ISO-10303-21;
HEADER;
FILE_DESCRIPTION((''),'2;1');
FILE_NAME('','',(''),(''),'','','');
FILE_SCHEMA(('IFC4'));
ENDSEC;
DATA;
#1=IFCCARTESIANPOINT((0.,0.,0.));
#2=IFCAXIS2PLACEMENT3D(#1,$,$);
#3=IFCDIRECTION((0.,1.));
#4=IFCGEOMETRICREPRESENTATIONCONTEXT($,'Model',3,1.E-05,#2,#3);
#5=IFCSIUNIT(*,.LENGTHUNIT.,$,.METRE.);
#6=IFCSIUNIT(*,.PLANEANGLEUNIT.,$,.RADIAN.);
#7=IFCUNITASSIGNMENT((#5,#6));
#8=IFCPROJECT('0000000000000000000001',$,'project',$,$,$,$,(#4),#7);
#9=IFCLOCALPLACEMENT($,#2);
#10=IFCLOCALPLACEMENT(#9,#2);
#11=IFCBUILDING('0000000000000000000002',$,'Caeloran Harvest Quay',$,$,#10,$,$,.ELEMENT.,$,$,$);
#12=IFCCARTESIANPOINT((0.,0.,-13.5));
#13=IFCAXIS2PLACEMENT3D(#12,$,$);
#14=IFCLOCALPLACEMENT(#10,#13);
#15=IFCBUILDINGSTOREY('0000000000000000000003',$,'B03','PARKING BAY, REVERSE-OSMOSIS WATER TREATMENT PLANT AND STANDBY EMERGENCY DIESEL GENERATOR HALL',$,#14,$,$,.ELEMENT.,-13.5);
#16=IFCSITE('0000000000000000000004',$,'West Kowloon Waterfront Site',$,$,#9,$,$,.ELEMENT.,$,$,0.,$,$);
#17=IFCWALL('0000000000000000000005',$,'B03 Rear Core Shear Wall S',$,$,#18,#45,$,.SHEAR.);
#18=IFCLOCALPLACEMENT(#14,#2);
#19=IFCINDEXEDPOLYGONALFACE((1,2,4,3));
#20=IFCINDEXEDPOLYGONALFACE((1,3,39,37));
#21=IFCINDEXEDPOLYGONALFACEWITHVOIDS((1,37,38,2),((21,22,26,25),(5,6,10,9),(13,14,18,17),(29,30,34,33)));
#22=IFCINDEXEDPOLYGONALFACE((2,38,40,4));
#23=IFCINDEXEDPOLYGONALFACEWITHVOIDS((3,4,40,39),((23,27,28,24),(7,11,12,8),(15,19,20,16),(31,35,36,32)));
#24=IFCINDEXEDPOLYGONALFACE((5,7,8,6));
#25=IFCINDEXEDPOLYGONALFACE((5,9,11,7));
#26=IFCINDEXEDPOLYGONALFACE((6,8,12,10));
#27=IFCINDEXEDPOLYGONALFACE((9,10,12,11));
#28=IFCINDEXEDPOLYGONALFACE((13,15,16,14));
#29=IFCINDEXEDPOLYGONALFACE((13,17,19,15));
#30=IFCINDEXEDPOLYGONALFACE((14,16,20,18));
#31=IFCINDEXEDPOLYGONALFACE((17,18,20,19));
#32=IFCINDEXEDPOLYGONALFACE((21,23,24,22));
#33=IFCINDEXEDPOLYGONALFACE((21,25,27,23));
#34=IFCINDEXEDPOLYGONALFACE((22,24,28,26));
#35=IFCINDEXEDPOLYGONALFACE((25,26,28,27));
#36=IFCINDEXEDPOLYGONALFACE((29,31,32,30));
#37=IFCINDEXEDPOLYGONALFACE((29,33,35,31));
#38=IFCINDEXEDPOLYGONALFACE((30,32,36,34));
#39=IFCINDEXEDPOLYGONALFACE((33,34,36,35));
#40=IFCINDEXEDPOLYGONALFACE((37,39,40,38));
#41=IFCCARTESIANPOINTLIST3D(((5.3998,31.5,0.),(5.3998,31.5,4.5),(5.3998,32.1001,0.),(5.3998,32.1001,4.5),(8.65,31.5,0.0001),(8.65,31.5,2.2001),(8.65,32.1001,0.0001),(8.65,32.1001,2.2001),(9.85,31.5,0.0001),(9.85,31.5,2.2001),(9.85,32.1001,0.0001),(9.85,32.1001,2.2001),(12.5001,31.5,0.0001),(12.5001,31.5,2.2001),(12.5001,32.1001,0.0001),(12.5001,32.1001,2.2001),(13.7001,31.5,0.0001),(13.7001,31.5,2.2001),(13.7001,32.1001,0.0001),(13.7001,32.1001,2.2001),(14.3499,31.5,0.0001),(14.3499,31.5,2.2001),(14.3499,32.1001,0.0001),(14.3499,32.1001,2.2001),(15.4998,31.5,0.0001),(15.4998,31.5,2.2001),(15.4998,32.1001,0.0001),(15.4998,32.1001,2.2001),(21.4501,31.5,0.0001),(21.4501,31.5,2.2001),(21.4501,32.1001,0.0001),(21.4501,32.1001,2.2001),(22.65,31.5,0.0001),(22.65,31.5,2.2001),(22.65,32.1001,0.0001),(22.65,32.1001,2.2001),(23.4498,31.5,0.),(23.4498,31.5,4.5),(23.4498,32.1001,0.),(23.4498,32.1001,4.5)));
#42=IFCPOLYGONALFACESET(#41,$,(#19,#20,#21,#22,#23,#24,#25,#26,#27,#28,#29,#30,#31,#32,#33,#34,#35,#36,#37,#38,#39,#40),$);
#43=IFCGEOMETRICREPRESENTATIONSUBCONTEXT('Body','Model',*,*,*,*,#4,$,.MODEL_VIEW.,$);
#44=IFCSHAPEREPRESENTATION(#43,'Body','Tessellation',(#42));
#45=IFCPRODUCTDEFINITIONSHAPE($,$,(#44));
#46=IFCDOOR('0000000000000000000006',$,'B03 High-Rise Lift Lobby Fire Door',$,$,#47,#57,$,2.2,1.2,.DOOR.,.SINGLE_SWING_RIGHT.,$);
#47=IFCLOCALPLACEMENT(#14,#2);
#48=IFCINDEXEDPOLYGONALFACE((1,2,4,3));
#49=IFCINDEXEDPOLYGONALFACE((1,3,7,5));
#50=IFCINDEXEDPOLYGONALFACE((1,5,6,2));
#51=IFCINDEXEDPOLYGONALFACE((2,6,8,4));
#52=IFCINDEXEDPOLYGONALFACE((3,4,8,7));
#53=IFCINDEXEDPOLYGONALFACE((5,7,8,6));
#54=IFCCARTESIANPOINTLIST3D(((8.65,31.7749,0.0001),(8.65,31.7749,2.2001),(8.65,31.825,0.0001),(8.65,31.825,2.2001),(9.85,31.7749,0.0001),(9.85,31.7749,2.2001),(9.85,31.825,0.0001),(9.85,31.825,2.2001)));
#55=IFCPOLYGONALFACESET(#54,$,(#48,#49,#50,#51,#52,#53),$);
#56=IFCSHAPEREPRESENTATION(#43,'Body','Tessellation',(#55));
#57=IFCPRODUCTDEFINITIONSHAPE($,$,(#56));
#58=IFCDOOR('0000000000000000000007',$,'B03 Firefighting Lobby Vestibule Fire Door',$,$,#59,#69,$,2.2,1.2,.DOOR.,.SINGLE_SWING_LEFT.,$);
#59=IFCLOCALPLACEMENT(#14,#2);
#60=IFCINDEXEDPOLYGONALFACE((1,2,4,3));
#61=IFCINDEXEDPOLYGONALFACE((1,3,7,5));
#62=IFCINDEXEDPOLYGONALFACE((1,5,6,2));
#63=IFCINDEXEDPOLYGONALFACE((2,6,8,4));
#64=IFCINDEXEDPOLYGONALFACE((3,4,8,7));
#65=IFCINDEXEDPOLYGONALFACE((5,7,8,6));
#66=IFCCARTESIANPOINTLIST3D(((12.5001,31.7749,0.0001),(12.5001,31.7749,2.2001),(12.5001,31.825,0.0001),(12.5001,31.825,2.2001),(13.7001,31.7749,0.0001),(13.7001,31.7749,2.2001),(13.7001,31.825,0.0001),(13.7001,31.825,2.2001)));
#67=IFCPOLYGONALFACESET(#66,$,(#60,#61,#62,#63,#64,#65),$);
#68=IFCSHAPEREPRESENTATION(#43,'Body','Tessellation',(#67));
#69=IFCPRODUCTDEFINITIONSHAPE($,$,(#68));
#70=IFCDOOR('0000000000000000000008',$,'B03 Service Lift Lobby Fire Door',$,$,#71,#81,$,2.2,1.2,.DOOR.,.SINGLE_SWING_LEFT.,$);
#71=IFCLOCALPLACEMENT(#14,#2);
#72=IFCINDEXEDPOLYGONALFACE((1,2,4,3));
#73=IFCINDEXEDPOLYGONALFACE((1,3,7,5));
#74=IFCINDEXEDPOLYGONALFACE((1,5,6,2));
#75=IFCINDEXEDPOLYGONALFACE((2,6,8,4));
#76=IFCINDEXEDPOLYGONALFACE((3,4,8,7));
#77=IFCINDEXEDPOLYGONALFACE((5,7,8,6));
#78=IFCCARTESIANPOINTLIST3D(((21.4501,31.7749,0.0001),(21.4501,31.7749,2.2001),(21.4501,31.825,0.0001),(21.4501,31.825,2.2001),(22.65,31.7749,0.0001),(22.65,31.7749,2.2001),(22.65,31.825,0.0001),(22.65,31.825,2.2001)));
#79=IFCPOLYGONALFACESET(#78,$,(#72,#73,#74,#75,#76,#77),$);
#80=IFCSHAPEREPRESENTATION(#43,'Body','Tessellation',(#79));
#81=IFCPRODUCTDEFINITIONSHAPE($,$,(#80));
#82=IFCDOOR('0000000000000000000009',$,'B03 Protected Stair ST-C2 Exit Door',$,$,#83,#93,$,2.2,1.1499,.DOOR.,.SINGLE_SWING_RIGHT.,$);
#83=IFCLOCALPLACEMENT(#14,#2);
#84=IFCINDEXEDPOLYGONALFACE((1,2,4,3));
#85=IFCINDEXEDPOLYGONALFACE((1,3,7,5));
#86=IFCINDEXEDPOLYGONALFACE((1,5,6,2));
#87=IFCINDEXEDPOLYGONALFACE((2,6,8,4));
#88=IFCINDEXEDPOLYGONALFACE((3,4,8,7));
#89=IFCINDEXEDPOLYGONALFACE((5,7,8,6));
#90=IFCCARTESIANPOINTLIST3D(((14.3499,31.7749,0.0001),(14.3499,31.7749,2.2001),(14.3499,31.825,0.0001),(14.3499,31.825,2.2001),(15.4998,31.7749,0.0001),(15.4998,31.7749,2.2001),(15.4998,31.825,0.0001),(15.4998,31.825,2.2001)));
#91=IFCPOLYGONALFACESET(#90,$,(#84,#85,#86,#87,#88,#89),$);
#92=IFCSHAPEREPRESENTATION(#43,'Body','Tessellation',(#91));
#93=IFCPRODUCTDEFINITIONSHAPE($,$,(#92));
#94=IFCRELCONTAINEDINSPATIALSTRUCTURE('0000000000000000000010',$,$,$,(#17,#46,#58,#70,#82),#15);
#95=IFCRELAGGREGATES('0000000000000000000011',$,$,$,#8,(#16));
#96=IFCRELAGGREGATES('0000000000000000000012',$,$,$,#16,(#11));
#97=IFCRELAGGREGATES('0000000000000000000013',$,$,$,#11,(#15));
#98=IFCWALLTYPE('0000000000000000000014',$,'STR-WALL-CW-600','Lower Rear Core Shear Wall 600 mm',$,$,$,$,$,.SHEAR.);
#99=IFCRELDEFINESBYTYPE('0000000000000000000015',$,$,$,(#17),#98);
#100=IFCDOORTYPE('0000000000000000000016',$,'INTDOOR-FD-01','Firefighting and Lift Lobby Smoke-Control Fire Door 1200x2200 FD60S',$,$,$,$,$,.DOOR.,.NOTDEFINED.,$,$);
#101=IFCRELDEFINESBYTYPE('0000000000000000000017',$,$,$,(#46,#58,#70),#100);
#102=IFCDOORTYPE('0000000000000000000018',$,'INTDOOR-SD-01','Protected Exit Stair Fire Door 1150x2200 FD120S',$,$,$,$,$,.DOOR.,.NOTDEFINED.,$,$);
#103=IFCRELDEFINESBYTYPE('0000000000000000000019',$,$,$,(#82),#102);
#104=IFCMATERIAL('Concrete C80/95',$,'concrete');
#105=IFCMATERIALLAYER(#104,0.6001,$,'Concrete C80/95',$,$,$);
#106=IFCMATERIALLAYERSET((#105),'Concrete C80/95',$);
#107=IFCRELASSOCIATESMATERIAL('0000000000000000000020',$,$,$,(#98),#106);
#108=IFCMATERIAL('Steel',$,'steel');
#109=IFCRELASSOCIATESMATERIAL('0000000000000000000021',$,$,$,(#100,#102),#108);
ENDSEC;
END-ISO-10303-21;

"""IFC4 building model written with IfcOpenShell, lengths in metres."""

from ifc_helpers import new_model, si_unit, direction, frame, frame_2d, origin, place, context, subcontext, project, spatial, rectangle, extrude, material, layer, layer_set, type_object, element, fill, save


model = new_model("IFC4")

# Units and contexts
model_context = context("Model", 3, precision=1e-05, world=origin(), true_north=direction((0.0, 1.0)))
body_context = subcontext(model_context, "Body", "Model", "MODEL_VIEW")
ifc_project = project(units=[si_unit("LENGTHUNIT", "METRE"), si_unit("PLANEANGLEUNIT", "RADIAN")], contexts=[model_context])

# Site, building, storey
site_placement = place(None, origin())
site = spatial("IfcSite", under=ifc_project, at=site_placement, Name="West Kowloon Waterfront Site", CompositionType="ELEMENT", RefElevation=0.0)
building_placement = place(site_placement, origin())
building = spatial("IfcBuilding", under=site, at=building_placement, Name="Caeloran Harvest Quay", CompositionType="ELEMENT")
storey_placement = place(building_placement, frame((0.0, 0.0, -13.5)))
storey = spatial("IfcBuildingStorey", under=building, at=storey_placement, Name="B03", Description="PARKING BAY, REVERSE-OSMOSIS WATER TREATMENT PLANT AND STANDBY EMERGENCY DIESEL GENERATOR HALL", CompositionType="ELEMENT", Elevation=-13.5)

# Shared definitions
ifc_material_1 = material(Name="Concrete C80/95", Category="concrete")

# Wall, openings, doors
ifc_layer = layer(ifc_material_1, 0.6001, Name="Concrete C80/95")
ifc_layer_set = layer_set([ifc_layer], Name="Concrete C80/95")
wall_type = type_object("IfcWallType", Name="STR-WALL-CW-600", Description="Lower Rear Core Shear Wall 600 mm", PredefinedType="SHEAR", material=ifc_layer_set)
wall_placement = place(storey_placement, frame((5.3999, 31.8, 0.0), z_axis=(0.0, 0.0, 1.0), x_axis=(1.0, 0.0, 0.0)))
wall = element("IfcWall", 1, at=wall_placement, inside=storey, type_object=wall_type, Name="B03 Rear Core Shear Wall S", PredefinedType="SHEAR", context=body_context, shape_type="SweptSolid", body=[
    extrude(rectangle(XDim=18.05, YDim=0.6001, at=frame_2d((9.0249, 0.0))), origin(), (0.0, 0.0, 1.0), 4.5),
])
opening_1_placement = place(wall_placement, frame((3.25, 0.0, 0.0)))
opening_1 = element("IfcOpeningElement", 2, at=opening_1_placement, cuts=wall, PredefinedType="OPENING", context=body_context, shape_type="SweptSolid", body=[
    extrude(rectangle(XDim=1.2, YDim=2.2, at=frame_2d((0.6001, 1.1001))), frame((0.0, 0.3101, 0.0), z_axis=(0.0, -1.0, 0.0), x_axis=(1.0, 0.0, 0.0)), (0.0, 0.0, 1.0), 0.6201),
])
opening_2_placement = place(wall_placement, frame((7.1001, 0.0, 0.0)))
opening_2 = element("IfcOpeningElement", 3, at=opening_2_placement, cuts=wall, PredefinedType="OPENING", context=body_context, shape_type="SweptSolid", body=[
    extrude(rectangle(XDim=1.2, YDim=2.2, at=frame_2d((0.6001, 1.1001))), frame((0.0, 0.3101, 0.0), z_axis=(0.0, -1.0, 0.0), x_axis=(1.0, 0.0, 0.0)), (0.0, 0.0, 1.0), 0.6201),
])
opening_3_placement = place(wall_placement, frame((8.95, 0.0, 0.0)))
opening_3 = element("IfcOpeningElement", 4, at=opening_3_placement, cuts=wall, PredefinedType="OPENING", context=body_context, shape_type="SweptSolid", body=[
    extrude(rectangle(XDim=1.1499, YDim=2.2, at=frame_2d((0.575, 1.1001))), frame((0.0, 0.3101, 0.0), z_axis=(0.0, -1.0, 0.0), x_axis=(1.0, 0.0, 0.0)), (0.0, 0.0, 1.0), 0.6201),
])
opening_4_placement = place(wall_placement, frame((16.05, 0.0, 0.0)))
opening_4 = element("IfcOpeningElement", 5, at=opening_4_placement, cuts=wall, PredefinedType="OPENING", context=body_context, shape_type="SweptSolid", body=[
    extrude(rectangle(XDim=1.2, YDim=2.2, at=frame_2d((0.6001, 1.1001))), frame((0.0, 0.3101, 0.0), z_axis=(0.0, -1.0, 0.0), x_axis=(1.0, 0.0, 0.0)), (0.0, 0.0, 1.0), 0.6201),
])
ifc_material_2 = material(Name="Steel", Category="steel")
door_type_1 = type_object("IfcDoorType", Name="INTDOOR-FD-01", Description="Firefighting and Lift Lobby Smoke-Control Fire Door 1200x2200 FD60S", OperationType="NOTDEFINED", PredefinedType="DOOR", material=ifc_material_2)
door_1_placement = place(opening_1_placement, origin())
door_1 = element("IfcDoor", 6, at=door_1_placement, inside=storey, type_object=door_type_1, Name="B03 High-Rise Lift Lobby Fire Door", OperationType="SINGLE_SWING_RIGHT", OverallHeight=2.2, OverallWidth=1.2, PredefinedType="DOOR", context=body_context, shape_type="SweptSolid", body=[
    extrude(rectangle(XDim=1.2, YDim=2.2, at=frame_2d((0.6001, 1.1001))), frame((0.0, 0.0249, 0.0), z_axis=(0.0, -1.0, 0.0), x_axis=(1.0, 0.0, 0.0)), (0.0, 0.0, 1.0), 0.05),
])
fill(opening_1, door_1)
door_2_placement = place(opening_2_placement, origin())
door_2 = element("IfcDoor", 7, at=door_2_placement, inside=storey, type_object=door_type_1, Name="B03 Firefighting Lobby Vestibule Fire Door", OperationType="SINGLE_SWING_LEFT", OverallHeight=2.2, OverallWidth=1.2, PredefinedType="DOOR", context=body_context, shape_type="SweptSolid", body=[
    extrude(rectangle(XDim=1.2, YDim=2.2, at=frame_2d((0.6001, 1.1001))), frame((0.0, 0.0249, 0.0), z_axis=(0.0, -1.0, 0.0), x_axis=(1.0, 0.0, 0.0)), (0.0, 0.0, 1.0), 0.05),
])
fill(opening_2, door_2)
door_3_placement = place(opening_4_placement, origin())
door_3 = element("IfcDoor", 8, at=door_3_placement, inside=storey, type_object=door_type_1, Name="B03 Service Lift Lobby Fire Door", OperationType="SINGLE_SWING_LEFT", OverallHeight=2.2, OverallWidth=1.2, PredefinedType="DOOR", context=body_context, shape_type="SweptSolid", body=[
    extrude(rectangle(XDim=1.2, YDim=2.2, at=frame_2d((0.6001, 1.1001))), frame((0.0, 0.0249, 0.0), z_axis=(0.0, -1.0, 0.0), x_axis=(1.0, 0.0, 0.0)), (0.0, 0.0, 1.0), 0.05),
])
fill(opening_4, door_3)
door_type_2 = type_object("IfcDoorType", Name="INTDOOR-SD-01", Description="Protected Exit Stair Fire Door 1150x2200 FD120S", OperationType="NOTDEFINED", PredefinedType="DOOR", material=ifc_material_2)
door_4_placement = place(opening_3_placement, origin())
door_4 = element("IfcDoor", 9, at=door_4_placement, inside=storey, type_object=door_type_2, Name="B03 Protected Stair ST-C2 Exit Door", OperationType="SINGLE_SWING_RIGHT", OverallHeight=2.2, OverallWidth=1.1499, PredefinedType="DOOR", context=body_context, shape_type="SweptSolid", body=[
    extrude(rectangle(XDim=1.1499, YDim=2.2, at=frame_2d((0.575, 1.1001))), frame((0.0, 0.0249, 0.0), z_axis=(0.0, -1.0, 0.0), x_axis=(1.0, 0.0, 0.0)), (0.0, 0.0, 1.0), 0.05),
])
fill(opening_3, door_4)

save(model, "model.ifc")
